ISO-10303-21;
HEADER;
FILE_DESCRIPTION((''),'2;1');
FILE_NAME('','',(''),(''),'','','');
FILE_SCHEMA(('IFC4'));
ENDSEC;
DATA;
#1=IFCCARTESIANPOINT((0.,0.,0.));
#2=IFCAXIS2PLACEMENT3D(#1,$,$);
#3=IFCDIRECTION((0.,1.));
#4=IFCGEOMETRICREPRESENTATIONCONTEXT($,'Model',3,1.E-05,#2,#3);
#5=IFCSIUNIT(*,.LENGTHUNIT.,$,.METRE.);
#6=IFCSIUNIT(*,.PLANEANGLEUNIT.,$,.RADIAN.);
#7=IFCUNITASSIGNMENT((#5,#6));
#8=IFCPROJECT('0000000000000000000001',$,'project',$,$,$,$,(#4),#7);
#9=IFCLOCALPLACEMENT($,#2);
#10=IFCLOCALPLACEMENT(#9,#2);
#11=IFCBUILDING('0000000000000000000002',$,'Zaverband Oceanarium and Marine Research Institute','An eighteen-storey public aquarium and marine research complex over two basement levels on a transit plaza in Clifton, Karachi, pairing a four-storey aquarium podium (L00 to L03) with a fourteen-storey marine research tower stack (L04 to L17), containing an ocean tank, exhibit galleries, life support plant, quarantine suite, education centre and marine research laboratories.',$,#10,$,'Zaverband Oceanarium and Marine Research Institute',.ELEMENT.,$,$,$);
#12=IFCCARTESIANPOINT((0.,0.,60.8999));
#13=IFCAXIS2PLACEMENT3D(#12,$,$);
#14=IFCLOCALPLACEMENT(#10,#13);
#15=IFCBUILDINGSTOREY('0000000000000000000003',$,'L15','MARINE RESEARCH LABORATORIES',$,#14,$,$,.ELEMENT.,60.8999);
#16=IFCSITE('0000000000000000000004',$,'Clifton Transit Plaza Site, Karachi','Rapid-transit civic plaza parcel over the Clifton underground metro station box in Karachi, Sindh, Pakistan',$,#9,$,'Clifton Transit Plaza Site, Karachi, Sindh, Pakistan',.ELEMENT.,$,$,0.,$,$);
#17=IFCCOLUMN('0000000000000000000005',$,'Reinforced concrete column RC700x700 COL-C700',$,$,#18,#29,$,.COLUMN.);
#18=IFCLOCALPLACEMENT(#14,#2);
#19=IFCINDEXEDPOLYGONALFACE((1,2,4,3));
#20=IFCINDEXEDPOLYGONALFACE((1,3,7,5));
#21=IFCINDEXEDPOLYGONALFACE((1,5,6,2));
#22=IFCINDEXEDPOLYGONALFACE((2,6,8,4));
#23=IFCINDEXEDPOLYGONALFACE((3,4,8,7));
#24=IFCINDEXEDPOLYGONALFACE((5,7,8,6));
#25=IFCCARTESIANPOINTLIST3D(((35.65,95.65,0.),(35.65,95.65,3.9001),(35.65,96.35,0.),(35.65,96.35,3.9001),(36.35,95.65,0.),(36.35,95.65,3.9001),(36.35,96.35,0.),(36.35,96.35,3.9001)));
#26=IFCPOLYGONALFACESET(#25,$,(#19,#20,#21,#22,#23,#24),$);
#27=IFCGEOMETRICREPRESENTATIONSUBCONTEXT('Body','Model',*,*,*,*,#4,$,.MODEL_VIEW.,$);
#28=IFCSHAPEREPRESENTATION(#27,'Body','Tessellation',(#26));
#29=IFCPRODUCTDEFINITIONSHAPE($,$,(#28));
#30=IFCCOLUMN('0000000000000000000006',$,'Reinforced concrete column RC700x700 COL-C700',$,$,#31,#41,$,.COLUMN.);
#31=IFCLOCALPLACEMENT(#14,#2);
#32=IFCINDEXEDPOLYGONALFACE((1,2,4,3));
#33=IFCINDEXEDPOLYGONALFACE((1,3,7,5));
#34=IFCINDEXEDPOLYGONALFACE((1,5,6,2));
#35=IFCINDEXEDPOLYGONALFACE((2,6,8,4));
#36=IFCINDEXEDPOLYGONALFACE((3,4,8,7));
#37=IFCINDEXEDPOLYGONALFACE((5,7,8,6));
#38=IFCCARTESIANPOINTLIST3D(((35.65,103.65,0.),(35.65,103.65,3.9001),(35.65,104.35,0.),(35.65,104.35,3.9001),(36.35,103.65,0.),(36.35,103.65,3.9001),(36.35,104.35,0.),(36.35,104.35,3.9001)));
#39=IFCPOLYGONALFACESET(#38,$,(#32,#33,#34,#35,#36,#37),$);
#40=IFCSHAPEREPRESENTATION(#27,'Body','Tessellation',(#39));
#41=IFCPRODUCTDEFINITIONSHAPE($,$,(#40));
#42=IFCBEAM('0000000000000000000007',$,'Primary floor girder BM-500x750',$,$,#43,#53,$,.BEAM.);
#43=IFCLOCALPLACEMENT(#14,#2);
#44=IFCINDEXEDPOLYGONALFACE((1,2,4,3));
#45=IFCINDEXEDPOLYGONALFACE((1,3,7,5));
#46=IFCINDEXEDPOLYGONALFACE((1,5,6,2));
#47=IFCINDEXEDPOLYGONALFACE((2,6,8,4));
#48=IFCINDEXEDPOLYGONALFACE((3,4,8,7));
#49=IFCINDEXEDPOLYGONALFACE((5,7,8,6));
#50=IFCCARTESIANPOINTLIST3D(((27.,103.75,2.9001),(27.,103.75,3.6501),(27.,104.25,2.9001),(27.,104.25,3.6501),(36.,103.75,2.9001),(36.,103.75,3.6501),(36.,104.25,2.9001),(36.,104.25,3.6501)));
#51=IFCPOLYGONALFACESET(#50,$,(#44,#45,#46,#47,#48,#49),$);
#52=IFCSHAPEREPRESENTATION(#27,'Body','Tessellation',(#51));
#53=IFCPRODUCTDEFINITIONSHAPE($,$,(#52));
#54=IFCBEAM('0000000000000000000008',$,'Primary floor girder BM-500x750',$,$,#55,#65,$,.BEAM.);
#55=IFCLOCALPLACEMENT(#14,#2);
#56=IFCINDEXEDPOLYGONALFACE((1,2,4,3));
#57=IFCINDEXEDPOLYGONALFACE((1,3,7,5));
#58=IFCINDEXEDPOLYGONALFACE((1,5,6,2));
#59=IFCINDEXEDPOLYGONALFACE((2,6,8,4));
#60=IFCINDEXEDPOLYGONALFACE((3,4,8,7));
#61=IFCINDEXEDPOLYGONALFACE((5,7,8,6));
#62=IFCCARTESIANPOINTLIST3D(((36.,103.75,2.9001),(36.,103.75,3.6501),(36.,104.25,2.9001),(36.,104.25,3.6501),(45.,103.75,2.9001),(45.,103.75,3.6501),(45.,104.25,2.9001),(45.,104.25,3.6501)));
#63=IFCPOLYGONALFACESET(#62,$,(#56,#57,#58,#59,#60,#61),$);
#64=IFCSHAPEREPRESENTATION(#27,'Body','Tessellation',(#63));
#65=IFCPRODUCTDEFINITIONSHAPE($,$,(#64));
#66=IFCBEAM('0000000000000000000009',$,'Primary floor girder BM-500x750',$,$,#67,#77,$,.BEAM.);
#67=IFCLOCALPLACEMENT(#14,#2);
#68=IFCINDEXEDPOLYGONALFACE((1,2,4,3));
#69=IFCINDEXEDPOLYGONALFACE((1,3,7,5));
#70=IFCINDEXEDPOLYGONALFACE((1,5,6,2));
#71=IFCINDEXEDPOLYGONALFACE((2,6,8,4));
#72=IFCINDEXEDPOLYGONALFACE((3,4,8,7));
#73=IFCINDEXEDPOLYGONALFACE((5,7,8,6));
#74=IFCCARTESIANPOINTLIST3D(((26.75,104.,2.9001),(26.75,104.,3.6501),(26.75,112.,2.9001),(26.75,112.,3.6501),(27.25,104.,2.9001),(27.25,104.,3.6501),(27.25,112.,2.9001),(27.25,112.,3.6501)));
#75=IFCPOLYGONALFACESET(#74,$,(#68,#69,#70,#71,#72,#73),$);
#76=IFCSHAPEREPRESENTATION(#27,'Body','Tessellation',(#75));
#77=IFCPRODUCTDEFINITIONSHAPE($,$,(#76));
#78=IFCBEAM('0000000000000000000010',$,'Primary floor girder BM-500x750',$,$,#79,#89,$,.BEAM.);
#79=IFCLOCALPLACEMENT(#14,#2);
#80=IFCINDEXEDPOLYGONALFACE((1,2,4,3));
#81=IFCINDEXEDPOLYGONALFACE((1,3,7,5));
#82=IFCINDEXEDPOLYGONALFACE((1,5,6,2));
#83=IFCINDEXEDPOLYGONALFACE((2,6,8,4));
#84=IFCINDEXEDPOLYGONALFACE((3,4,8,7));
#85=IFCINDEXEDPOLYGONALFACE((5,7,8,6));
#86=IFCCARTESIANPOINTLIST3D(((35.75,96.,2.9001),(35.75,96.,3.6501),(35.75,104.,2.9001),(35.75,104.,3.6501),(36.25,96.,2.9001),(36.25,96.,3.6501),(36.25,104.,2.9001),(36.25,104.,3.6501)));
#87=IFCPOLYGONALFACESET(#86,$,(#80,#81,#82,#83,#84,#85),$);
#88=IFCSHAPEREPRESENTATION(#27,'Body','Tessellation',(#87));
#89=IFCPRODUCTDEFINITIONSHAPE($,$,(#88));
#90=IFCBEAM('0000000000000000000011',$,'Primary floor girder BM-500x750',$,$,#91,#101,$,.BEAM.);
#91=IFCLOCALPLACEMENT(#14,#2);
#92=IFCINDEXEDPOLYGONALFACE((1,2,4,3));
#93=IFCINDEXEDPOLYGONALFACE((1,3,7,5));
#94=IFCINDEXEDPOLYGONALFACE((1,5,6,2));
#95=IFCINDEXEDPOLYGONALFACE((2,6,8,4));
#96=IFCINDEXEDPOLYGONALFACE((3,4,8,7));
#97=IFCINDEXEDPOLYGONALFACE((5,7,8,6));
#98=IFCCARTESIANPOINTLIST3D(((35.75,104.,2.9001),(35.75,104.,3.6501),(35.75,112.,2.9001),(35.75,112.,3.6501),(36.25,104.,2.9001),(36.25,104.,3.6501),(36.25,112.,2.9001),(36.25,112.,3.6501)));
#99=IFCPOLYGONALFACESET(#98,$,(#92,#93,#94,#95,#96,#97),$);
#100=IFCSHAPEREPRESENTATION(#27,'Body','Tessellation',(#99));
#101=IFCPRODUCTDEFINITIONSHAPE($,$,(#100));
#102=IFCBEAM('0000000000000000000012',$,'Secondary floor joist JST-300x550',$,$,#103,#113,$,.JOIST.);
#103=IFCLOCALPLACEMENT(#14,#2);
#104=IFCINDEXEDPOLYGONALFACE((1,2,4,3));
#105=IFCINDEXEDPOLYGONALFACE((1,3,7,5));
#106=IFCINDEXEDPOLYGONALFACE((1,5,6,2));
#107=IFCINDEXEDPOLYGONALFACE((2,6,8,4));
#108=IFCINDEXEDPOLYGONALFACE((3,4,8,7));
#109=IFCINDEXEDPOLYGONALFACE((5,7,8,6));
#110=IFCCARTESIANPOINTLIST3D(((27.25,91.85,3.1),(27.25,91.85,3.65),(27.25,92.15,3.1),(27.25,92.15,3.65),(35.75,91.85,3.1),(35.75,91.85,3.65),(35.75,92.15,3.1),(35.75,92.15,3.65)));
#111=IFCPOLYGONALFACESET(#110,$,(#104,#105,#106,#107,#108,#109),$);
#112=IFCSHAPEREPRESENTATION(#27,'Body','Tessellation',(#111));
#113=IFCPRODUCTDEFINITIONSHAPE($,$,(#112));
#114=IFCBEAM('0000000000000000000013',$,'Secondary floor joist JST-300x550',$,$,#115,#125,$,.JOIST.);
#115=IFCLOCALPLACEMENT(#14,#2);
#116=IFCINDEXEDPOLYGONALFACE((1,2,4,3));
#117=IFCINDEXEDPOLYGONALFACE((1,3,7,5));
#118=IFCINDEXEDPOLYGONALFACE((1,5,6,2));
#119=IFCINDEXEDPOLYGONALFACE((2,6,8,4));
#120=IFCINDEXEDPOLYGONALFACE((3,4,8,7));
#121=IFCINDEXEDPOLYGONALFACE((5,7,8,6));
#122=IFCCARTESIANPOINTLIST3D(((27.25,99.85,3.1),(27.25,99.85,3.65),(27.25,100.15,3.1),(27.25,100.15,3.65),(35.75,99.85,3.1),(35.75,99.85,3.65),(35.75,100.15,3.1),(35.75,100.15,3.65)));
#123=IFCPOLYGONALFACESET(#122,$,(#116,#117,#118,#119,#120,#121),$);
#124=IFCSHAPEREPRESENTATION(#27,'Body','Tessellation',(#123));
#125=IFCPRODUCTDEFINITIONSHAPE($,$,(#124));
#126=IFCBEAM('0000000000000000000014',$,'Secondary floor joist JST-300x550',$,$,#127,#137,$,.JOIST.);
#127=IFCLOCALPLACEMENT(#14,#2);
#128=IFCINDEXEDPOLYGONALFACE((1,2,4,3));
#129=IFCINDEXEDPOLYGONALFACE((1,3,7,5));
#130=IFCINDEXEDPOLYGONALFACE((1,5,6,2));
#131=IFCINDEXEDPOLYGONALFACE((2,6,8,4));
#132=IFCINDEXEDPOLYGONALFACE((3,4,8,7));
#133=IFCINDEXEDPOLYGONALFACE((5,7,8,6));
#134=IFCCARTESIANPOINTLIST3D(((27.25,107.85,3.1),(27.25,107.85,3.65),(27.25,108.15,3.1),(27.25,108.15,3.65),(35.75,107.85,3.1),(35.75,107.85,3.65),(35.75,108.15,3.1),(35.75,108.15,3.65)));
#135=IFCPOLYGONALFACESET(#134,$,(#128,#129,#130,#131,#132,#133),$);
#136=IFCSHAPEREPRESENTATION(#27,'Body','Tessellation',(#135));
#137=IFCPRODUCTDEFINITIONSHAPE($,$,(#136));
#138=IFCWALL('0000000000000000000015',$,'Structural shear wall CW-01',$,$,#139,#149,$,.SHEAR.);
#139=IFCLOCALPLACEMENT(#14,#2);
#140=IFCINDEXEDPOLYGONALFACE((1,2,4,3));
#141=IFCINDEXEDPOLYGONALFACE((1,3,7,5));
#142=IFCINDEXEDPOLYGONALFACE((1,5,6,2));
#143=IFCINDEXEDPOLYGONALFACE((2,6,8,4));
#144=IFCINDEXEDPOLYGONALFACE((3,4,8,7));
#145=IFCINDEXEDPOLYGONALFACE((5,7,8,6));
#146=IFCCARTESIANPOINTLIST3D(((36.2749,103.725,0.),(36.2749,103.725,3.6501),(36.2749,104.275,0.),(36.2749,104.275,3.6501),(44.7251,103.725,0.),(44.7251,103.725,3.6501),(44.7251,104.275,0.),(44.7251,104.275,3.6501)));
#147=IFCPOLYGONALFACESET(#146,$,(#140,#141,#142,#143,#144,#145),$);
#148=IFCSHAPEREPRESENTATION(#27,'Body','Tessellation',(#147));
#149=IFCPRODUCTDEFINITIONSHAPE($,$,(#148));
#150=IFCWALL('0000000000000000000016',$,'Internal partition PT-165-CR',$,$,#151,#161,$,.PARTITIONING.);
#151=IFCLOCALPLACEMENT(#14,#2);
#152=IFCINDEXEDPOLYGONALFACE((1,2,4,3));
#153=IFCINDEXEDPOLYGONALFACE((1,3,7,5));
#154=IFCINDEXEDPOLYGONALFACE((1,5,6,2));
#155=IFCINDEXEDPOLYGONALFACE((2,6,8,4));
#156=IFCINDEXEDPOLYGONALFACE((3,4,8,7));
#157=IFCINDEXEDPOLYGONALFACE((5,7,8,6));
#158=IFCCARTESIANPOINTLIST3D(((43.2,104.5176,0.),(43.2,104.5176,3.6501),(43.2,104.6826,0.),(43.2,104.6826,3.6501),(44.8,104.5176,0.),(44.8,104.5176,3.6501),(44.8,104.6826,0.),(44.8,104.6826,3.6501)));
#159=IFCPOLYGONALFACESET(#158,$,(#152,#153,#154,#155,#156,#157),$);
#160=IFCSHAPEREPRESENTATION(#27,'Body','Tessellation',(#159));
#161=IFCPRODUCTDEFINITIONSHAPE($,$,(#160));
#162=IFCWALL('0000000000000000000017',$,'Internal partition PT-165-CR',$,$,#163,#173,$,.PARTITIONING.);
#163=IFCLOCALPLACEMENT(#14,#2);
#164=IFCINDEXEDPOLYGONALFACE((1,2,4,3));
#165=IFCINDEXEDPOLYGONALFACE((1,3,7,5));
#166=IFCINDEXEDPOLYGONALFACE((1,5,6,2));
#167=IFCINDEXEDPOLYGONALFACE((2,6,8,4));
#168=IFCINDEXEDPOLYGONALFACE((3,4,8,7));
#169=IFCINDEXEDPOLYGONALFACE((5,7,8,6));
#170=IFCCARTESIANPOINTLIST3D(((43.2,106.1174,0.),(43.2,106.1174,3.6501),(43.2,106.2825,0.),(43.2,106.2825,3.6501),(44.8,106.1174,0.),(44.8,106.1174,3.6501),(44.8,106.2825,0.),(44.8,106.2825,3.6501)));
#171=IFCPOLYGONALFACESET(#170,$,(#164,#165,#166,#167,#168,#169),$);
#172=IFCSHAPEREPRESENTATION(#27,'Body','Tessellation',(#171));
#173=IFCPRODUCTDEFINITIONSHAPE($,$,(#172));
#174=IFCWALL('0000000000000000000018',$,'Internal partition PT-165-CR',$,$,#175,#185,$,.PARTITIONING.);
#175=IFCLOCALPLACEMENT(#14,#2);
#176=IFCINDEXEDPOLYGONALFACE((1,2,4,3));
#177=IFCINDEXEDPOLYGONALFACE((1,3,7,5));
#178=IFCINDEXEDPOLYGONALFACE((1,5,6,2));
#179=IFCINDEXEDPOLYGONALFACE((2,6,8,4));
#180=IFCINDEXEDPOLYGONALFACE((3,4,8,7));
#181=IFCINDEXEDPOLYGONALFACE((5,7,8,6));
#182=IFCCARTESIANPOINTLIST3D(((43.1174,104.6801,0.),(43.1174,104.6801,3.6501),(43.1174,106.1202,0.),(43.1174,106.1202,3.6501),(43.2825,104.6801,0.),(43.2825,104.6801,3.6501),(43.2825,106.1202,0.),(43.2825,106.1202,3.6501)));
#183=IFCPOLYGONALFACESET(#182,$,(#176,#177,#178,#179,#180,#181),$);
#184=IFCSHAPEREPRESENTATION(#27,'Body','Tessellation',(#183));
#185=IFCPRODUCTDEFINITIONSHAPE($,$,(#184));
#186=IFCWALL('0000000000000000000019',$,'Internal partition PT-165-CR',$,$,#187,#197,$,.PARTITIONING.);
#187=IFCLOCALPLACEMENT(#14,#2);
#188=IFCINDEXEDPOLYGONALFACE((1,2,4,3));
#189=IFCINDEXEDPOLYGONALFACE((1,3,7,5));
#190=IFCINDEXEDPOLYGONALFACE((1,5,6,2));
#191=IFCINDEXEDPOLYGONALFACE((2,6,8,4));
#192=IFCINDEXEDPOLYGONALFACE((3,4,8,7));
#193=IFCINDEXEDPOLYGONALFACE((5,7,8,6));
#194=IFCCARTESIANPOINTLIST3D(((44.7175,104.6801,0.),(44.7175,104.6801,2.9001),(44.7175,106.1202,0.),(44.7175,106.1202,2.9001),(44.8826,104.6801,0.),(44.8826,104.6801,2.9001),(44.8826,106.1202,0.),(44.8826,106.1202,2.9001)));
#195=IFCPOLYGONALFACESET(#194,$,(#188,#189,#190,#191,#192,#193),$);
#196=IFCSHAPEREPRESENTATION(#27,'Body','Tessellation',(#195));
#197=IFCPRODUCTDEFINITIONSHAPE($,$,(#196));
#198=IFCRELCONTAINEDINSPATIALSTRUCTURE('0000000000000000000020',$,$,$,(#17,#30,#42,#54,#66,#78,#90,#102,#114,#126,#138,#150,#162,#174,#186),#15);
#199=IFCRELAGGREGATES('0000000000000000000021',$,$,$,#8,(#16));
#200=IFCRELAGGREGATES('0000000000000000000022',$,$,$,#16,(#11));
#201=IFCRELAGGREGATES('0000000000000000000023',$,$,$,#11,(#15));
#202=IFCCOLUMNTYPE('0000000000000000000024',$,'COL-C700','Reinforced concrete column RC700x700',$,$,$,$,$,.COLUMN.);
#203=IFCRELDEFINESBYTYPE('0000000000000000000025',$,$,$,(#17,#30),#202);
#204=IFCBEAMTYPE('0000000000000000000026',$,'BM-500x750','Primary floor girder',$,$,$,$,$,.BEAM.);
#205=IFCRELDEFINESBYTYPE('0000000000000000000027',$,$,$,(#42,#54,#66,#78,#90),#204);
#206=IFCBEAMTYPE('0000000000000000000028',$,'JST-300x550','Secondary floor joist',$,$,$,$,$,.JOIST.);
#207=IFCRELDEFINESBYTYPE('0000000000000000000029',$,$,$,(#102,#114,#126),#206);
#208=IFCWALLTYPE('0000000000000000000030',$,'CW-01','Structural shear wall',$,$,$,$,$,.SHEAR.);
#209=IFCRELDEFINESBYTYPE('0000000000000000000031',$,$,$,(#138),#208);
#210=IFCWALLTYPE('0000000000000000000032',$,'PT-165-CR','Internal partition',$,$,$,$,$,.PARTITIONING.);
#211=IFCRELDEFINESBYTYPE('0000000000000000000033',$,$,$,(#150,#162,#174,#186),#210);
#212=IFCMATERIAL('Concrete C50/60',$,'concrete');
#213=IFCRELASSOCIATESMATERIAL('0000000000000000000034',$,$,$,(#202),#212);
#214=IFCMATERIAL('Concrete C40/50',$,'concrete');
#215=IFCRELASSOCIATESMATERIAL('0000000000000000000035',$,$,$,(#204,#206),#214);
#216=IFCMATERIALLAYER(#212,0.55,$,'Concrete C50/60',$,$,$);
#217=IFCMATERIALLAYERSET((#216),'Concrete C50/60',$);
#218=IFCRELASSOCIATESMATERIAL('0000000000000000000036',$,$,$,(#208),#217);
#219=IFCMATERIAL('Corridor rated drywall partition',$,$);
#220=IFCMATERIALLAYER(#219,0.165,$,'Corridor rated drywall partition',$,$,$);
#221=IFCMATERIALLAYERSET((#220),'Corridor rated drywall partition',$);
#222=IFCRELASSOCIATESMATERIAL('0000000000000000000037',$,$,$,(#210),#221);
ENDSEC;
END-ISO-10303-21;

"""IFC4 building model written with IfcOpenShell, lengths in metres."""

from ifc_helpers import new_model, si_unit, direction, frame, frame_2d, origin, origin_2d, place, context, subcontext, project, spatial, rectangle, extrude, material, layer, layer_set, material_profile, profile_set, type_object, element, save


model = new_model("IFC4")

# Units and contexts
model_context = context("Model", 3, precision=1e-05, world=origin(), true_north=direction((0.0, 1.0)))
body_context = subcontext(model_context, "Body", "Model", "MODEL_VIEW")
ifc_project = project(units=[si_unit("LENGTHUNIT", "METRE"), si_unit("PLANEANGLEUNIT", "RADIAN")], contexts=[model_context])

# Site, building, storey
site_placement = place(None, origin())
site = spatial("IfcSite", under=ifc_project, at=site_placement, Name="Clifton Transit Plaza Site, Karachi", Description="Rapid-transit civic plaza parcel over the Clifton underground metro station box in Karachi, Sindh, Pakistan", LongName="Clifton Transit Plaza Site, Karachi, Sindh, Pakistan", CompositionType="ELEMENT", RefElevation=0.0)
building_placement = place(site_placement, origin())
building = spatial("IfcBuilding", under=site, at=building_placement, Name="Zaverband Oceanarium and Marine Research Institute", Description="An eighteen-storey public aquarium and marine research complex over two basement levels on a transit plaza in Clifton, Karachi, pairing a four-storey aquarium podium (L00 to L03) with a fourteen-storey marine research tower stack (L04 to L17), containing an ocean tank, exhibit galleries, life support plant, quarantine suite, education centre and marine research laboratories.", LongName="Zaverband Oceanarium and Marine Research Institute", CompositionType="ELEMENT")
storey_placement = place(building_placement, frame((0.0, 0.0, 60.8999)))
storey = spatial("IfcBuildingStorey", under=building, at=storey_placement, Name="L15", Description="MARINE RESEARCH LABORATORIES", CompositionType="ELEMENT", Elevation=60.8999)

# Columns
ifc_material_1 = material(Name="Concrete C50/60", Category="concrete")
ifc_material_profile_1 = material_profile(ifc_material_1, rectangle(XDim=0.7, YDim=0.7, at=origin_2d()), Name="RC700x700")
ifc_profile_set_1 = profile_set([ifc_material_profile_1], Name="Concrete C50/60")
column_type = type_object("IfcColumnType", Name="COL-C700", Description="Reinforced concrete column RC700x700", PredefinedType="COLUMN", material=ifc_profile_set_1)
for number, where, z_axis, x_axis, name in (
    (1, (36.0, 96.0, 0.0), (0.0, 0.0, 1.0), (1.0, 0.0, 0.0), "Reinforced concrete column RC700x700 COL-C700"),
    (2, (36.0, 104.0, 0.0), (0.0, 0.0, 1.0), (1.0, 0.0, 0.0), "Reinforced concrete column RC700x700 COL-C700"),
):
    element("IfcColumn", number, at=place(storey_placement, frame(where, z_axis=z_axis, x_axis=x_axis)), inside=storey, type_object=column_type, Name=name, PredefinedType="COLUMN", context=body_context, shape_type="SweptSolid", body=[
        extrude(rectangle(XDim=0.7, YDim=0.7, at=origin_2d()), origin(), (0.0, 0.0, 1.0), 3.9001),
    ])

# Beams
ifc_material_2 = material(Name="Concrete C40/50", Category="concrete")
ifc_material_profile_2 = material_profile(ifc_material_2, rectangle(XDim=0.5, YDim=0.75, at=origin_2d()), Name="RC500x750")
ifc_profile_set_2 = profile_set([ifc_material_profile_2], Name="Concrete C40/50")
beam_type_1 = type_object("IfcBeamType", Name="BM-500x750", Description="Primary floor girder", PredefinedType="BEAM", material=ifc_profile_set_2)
for number, where, z_axis, x_axis, name in (
    (3, (27.0, 104.0, 3.2751), (1.0, 0.0, 0.0), (0.0, 1.0, 0.0), "Primary floor girder BM-500x750"),
    (4, (36.0, 104.0, 3.2751), (1.0, 0.0, 0.0), (0.0, 1.0, 0.0), "Primary floor girder BM-500x750"),
):
    element("IfcBeam", number, at=place(storey_placement, frame(where, z_axis=z_axis, x_axis=x_axis)), inside=storey, type_object=beam_type_1, Name=name, PredefinedType="BEAM", context=body_context, shape_type="SweptSolid", body=[
        extrude(rectangle(XDim=0.5, YDim=0.75, at=origin_2d()), origin(), (0.0, 0.0, 1.0), 9.0),
    ])
for number, where, z_axis, x_axis, name in (
    (5, (27.0, 104.0, 3.2751), (0.0, 1.0, 0.0), (-1.0, 0.0, 0.0), "Primary floor girder BM-500x750"),
    (6, (36.0, 96.0, 3.2751), (0.0, 1.0, 0.0), (-1.0, 0.0, 0.0), "Primary floor girder BM-500x750"),
    (7, (36.0, 104.0, 3.2751), (0.0, 1.0, 0.0), (-1.0, 0.0, 0.0), "Primary floor girder BM-500x750"),
):
    element("IfcBeam", number, at=place(storey_placement, frame(where, z_axis=z_axis, x_axis=x_axis)), inside=storey, type_object=beam_type_1, Name=name, PredefinedType="BEAM", context=body_context, shape_type="SweptSolid", body=[
        extrude(rectangle(XDim=0.5, YDim=0.75, at=origin_2d()), origin(), (0.0, 0.0, 1.0), 8.0),
    ])
ifc_material_profile_3 = material_profile(ifc_material_2, rectangle(XDim=0.3, YDim=0.55, at=origin_2d()), Name="RC300x550")
ifc_profile_set_3 = profile_set([ifc_material_profile_3], Name="Concrete C40/50")
beam_type_2 = type_object("IfcBeamType", Name="JST-300x550", Description="Secondary floor joist", PredefinedType="JOIST", material=ifc_profile_set_3)
for number, where, z_axis, x_axis, name in (
    (8, (27.25, 92.0, 3.375), (1.0, 0.0, 0.0), (0.0, 1.0, 0.0), "Secondary floor joist JST-300x550"),
    (9, (27.25, 100.0, 3.375), (1.0, 0.0, 0.0), (0.0, 1.0, 0.0), "Secondary floor joist JST-300x550"),
    (10, (27.25, 108.0, 3.375), (1.0, 0.0, 0.0), (0.0, 1.0, 0.0), "Secondary floor joist JST-300x550"),
):
    element("IfcBeam", number, at=place(storey_placement, frame(where, z_axis=z_axis, x_axis=x_axis)), inside=storey, type_object=beam_type_2, Name=name, PredefinedType="JOIST", context=body_context, shape_type="SweptSolid", body=[
        extrude(rectangle(XDim=0.3, YDim=0.55, at=origin_2d()), origin(), (0.0, 0.0, 1.0), 8.5),
    ])

# Walls
ifc_layer_1 = layer(ifc_material_1, 0.55, Name="Concrete C50/60")
ifc_layer_set_1 = layer_set([ifc_layer_1], Name="Concrete C50/60")
wall_type_1 = type_object("IfcWallType", Name="CW-01", Description="Structural shear wall", PredefinedType="SHEAR", material=ifc_layer_set_1)
wall_1_placement = place(storey_placement, frame((36.2749, 104.0, 0.0), z_axis=(0.0, 0.0, 1.0), x_axis=(1.0, 0.0, 0.0)))
element("IfcWall", 11, at=wall_1_placement, inside=storey, type_object=wall_type_1, Name="Structural shear wall CW-01", PredefinedType="SHEAR", context=body_context, shape_type="SweptSolid", body=[
    extrude(rectangle(XDim=8.4502, YDim=0.55, at=frame_2d((4.2251, 0.0))), origin(), (0.0, 0.0, 1.0), 3.6501),
])
ifc_material_3 = material(Name="Corridor rated drywall partition")
ifc_layer_2 = layer(ifc_material_3, 0.165, Name="Corridor rated drywall partition")
ifc_layer_set_2 = layer_set([ifc_layer_2], Name="Corridor rated drywall partition")
wall_type_2 = type_object("IfcWallType", Name="PT-165-CR", Description="Internal partition", PredefinedType="PARTITIONING", material=ifc_layer_set_2)
for number, where, z_axis, x_axis, name in (
    (12, (43.2, 104.6001, 0.0), (0.0, 0.0, 1.0), (1.0, 0.0, 0.0), "Internal partition PT-165-CR"),
    (13, (43.2, 106.2, 0.0), (0.0, 0.0, 1.0), (1.0, 0.0, 0.0), "Internal partition PT-165-CR"),
):
    element("IfcWall", number, at=place(storey_placement, frame(where, z_axis=z_axis, x_axis=x_axis)), inside=storey, type_object=wall_type_2, Name=name, PredefinedType="PARTITIONING", context=body_context, shape_type="SweptSolid", body=[
        extrude(rectangle(XDim=1.6001, YDim=0.165, at=frame_2d((0.8, 0.0))), origin(), (0.0, 0.0, 1.0), 3.6501),
    ])
wall_2_placement = place(storey_placement, frame((43.2, 104.6799, 0.0), z_axis=(0.0, 0.0, 1.0), x_axis=(0.0, 1.0, 0.0)))
element("IfcWall", 14, at=wall_2_placement, inside=storey, type_object=wall_type_2, Name="Internal partition PT-165-CR", PredefinedType="PARTITIONING", context=body_context, shape_type="SweptSolid", body=[
    extrude(rectangle(XDim=1.4402, YDim=0.165, at=frame_2d((0.7202, 0.0))), origin(), (0.0, 0.0, 1.0), 3.6501),
])
wall_3_placement = place(storey_placement, frame((44.8, 104.6799, 0.0), z_axis=(0.0, 0.0, 1.0), x_axis=(0.0, 1.0, 0.0)))
element("IfcWall", 15, at=wall_3_placement, inside=storey, type_object=wall_type_2, Name="Internal partition PT-165-CR", PredefinedType="PARTITIONING", context=body_context, shape_type="SweptSolid", body=[
    extrude(rectangle(XDim=1.4402, YDim=0.165, at=frame_2d((0.7202, 0.0))), origin(), (0.0, 0.0, 1.0), 2.9001),
])

save(model, "model.ifc")
